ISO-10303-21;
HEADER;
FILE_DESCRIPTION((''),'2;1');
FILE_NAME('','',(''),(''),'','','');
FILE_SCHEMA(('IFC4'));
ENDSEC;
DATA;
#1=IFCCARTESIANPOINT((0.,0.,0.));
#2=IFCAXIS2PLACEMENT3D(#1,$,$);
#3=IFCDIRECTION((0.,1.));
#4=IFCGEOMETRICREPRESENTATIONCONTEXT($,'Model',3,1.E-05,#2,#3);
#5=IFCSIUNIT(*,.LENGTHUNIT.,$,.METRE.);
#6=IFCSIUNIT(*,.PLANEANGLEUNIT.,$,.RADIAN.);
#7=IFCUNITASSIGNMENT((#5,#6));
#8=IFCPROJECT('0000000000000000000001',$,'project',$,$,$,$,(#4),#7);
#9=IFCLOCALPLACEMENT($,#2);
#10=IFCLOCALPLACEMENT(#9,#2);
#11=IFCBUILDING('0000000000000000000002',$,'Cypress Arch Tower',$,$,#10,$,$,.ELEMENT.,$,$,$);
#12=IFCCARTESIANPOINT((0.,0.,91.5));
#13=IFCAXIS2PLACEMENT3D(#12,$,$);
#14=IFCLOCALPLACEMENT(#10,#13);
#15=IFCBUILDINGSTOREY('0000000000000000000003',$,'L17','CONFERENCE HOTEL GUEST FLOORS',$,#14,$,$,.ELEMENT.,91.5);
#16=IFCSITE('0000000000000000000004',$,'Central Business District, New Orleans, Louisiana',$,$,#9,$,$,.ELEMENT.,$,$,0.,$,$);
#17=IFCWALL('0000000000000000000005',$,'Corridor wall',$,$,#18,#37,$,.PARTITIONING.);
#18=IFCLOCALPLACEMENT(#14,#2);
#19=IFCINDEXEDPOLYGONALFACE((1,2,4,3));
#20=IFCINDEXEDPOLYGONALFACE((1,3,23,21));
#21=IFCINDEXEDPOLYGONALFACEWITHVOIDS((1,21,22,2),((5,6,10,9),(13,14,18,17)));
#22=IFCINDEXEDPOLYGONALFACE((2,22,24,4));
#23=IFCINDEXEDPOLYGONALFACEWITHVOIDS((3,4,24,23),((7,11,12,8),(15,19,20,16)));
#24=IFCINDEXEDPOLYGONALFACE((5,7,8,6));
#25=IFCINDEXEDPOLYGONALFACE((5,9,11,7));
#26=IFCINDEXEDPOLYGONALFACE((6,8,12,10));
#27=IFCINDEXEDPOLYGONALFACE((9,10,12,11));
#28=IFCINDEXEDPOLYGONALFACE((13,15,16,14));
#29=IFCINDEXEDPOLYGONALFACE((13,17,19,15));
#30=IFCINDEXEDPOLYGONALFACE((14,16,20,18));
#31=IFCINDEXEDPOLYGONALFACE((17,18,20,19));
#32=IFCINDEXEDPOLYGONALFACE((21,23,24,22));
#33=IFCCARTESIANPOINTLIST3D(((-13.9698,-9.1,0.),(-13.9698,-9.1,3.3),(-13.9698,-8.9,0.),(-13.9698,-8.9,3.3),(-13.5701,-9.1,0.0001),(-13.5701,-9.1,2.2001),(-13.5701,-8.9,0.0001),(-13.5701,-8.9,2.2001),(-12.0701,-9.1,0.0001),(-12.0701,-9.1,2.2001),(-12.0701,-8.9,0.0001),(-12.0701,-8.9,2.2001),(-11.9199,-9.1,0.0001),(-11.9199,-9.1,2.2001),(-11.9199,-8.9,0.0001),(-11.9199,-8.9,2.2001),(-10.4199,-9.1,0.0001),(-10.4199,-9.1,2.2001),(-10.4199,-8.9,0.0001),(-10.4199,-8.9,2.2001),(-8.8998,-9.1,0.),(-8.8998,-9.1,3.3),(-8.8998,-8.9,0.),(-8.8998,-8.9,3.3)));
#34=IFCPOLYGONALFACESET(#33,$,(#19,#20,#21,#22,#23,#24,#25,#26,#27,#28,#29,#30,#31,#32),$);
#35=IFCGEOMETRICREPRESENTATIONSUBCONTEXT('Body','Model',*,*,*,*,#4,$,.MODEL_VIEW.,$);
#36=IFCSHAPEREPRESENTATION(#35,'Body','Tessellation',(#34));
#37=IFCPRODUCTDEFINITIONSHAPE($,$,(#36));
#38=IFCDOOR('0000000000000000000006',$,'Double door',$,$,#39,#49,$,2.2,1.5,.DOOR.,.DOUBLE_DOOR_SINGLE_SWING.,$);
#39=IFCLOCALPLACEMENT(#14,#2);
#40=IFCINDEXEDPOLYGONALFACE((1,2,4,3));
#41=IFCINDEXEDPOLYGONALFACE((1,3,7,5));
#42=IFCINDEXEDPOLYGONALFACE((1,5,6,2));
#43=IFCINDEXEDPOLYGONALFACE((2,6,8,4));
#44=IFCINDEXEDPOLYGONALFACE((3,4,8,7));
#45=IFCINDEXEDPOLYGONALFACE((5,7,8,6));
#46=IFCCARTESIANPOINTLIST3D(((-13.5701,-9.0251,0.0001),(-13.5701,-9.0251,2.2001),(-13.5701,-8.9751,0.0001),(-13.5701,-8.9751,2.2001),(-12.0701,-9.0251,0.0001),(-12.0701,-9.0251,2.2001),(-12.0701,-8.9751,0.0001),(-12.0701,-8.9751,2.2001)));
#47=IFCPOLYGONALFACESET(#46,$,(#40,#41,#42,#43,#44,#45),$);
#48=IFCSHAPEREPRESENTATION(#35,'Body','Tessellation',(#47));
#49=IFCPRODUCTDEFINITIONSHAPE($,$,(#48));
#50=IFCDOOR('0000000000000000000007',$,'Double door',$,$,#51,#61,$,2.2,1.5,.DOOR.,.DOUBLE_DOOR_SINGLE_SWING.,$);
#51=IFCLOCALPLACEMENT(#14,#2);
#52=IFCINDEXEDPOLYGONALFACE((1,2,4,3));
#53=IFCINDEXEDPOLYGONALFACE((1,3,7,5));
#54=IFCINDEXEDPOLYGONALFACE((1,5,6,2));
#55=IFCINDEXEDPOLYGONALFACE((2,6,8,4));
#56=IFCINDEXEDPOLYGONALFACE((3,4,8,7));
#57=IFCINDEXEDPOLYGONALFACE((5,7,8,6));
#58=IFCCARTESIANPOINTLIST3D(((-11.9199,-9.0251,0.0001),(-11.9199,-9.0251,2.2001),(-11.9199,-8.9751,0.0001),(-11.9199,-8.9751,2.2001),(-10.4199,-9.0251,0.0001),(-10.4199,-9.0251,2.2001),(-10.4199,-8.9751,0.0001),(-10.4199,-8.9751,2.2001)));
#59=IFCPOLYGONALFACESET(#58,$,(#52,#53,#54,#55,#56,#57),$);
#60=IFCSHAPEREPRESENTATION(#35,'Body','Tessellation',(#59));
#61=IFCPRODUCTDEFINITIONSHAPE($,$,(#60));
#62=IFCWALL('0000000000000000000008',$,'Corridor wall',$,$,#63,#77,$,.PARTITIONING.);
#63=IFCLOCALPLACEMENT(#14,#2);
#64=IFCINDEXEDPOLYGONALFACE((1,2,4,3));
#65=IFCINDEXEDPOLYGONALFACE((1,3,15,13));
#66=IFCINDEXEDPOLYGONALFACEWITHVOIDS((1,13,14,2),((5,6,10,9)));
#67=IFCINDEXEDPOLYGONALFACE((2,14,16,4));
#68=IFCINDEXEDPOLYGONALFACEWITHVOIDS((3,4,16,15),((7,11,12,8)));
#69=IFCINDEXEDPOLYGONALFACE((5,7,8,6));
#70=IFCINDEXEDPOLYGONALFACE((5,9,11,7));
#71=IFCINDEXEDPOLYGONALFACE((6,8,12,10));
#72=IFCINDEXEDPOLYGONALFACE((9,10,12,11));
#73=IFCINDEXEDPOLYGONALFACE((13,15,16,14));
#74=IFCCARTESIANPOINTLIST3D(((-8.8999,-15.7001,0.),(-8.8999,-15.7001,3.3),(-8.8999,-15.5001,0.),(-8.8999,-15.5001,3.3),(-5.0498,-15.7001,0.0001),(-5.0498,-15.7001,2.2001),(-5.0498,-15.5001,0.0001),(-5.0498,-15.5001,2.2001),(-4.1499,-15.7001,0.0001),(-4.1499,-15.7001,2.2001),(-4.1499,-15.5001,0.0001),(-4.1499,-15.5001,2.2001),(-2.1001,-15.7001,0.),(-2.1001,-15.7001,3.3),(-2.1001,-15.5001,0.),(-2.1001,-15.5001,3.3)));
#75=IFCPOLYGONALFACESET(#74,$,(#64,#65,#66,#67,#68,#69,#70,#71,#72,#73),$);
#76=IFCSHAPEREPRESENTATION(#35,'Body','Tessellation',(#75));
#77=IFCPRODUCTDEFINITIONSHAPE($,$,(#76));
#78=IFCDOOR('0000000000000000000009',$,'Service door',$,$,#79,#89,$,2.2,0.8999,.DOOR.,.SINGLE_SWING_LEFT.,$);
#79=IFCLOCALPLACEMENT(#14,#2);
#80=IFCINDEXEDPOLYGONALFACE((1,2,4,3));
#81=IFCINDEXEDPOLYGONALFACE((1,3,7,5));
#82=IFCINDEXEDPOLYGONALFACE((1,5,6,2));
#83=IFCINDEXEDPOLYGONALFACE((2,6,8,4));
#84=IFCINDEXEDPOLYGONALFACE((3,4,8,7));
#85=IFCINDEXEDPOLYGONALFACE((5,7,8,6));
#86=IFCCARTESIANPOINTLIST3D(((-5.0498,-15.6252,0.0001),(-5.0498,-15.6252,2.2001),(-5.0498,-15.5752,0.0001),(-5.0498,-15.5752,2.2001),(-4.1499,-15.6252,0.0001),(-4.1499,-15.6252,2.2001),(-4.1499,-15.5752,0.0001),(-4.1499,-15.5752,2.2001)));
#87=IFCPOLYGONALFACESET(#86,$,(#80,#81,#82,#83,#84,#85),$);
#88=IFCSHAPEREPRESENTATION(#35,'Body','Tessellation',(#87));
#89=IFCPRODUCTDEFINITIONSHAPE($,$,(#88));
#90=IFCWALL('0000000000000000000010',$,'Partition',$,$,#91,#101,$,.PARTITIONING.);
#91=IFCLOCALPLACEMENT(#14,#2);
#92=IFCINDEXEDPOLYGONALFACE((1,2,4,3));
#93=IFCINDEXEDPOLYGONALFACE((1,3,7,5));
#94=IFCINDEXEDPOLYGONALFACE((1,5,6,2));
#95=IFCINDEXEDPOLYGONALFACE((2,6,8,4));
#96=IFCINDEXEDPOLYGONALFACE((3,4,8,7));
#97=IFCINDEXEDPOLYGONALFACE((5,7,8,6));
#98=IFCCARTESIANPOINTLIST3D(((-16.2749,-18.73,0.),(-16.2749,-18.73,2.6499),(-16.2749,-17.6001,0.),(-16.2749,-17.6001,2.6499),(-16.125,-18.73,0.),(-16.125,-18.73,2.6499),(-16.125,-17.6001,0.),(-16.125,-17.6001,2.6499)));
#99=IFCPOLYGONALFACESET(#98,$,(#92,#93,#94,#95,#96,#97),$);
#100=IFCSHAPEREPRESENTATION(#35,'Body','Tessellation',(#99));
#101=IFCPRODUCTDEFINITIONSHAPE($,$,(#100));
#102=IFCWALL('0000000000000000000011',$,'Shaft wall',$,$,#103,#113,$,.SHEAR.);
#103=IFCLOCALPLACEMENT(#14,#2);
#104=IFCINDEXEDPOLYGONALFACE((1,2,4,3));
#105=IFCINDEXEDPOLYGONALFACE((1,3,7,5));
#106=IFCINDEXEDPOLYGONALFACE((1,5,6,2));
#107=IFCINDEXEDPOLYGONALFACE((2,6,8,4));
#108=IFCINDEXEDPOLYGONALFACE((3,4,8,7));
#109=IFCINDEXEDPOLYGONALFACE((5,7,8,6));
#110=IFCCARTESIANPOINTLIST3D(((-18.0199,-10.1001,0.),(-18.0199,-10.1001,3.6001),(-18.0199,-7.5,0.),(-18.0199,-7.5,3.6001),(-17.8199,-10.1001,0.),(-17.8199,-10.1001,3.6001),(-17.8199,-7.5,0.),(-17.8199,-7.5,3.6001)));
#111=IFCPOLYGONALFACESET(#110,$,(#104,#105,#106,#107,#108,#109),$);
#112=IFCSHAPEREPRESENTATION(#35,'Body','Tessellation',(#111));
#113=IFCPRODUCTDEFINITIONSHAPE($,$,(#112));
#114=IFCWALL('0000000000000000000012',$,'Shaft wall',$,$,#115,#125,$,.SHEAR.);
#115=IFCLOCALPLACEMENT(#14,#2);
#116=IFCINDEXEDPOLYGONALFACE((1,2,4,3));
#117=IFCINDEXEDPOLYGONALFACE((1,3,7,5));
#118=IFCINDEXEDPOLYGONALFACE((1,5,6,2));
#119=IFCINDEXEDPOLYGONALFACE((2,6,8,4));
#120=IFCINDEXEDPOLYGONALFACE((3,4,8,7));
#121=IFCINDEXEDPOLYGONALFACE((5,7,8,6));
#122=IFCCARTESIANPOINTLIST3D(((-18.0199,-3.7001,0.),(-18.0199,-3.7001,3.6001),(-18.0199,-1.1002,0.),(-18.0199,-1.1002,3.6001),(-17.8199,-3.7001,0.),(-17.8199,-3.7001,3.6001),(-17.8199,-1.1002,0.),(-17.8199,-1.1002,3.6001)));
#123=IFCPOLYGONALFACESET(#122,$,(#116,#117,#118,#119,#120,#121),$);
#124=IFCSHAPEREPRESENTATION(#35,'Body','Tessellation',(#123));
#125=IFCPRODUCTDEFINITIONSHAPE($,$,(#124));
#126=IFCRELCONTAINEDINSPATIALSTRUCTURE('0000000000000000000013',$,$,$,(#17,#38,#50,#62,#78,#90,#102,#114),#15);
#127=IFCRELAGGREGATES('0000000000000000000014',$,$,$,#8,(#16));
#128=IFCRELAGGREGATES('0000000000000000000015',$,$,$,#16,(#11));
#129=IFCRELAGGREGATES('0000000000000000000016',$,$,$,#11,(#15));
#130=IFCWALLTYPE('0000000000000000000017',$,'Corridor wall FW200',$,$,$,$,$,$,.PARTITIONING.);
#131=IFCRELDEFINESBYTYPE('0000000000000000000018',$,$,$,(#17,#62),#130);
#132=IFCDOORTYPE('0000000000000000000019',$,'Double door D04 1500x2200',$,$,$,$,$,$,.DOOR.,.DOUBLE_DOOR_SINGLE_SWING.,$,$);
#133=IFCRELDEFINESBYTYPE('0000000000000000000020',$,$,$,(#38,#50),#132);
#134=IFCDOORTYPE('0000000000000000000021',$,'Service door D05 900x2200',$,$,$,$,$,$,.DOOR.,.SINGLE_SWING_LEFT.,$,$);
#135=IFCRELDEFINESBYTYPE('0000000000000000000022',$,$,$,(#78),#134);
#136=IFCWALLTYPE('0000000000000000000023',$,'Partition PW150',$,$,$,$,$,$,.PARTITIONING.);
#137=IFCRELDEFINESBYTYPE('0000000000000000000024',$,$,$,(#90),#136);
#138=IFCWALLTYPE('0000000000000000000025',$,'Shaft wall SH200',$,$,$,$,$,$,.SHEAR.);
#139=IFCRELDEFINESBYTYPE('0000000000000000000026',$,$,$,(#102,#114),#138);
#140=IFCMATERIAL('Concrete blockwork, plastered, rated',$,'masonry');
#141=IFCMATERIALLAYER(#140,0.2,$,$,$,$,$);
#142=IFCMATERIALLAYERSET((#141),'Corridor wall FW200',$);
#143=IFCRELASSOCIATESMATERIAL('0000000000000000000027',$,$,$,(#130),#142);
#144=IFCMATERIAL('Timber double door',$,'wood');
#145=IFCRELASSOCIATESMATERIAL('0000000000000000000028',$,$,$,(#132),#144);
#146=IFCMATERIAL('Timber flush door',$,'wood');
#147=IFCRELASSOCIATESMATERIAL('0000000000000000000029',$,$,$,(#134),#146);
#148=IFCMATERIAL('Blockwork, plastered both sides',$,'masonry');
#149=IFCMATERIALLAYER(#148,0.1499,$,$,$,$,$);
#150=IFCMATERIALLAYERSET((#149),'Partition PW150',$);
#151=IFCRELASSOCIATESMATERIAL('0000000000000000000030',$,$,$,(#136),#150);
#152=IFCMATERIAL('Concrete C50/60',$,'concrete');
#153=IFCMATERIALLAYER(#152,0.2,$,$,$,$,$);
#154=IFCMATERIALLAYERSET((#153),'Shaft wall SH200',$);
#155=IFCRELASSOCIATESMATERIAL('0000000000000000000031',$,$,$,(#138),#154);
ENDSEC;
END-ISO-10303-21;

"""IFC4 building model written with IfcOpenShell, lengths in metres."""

from ifc_helpers import new_model, si_unit, direction, frame, frame_2d, origin, place, context, subcontext, project, spatial, rectangle, extrude, material, layer, layer_set, type_object, element, fill, save


model = new_model("IFC4")

# Units and contexts
model_context = context("Model", 3, precision=1e-05, world=origin(), true_north=direction((0.0, 1.0)))
body_context = subcontext(model_context, "Body", "Model", "MODEL_VIEW")
ifc_project = project(units=[si_unit("LENGTHUNIT", "METRE"), si_unit("PLANEANGLEUNIT", "RADIAN")], contexts=[model_context])

# Site, building, storey
site_placement = place(None, origin())
site = spatial("IfcSite", under=ifc_project, at=site_placement, Name="Central Business District, New Orleans, Louisiana", CompositionType="ELEMENT", RefElevation=0.0)
building_placement = place(site_placement, origin())
building = spatial("IfcBuilding", under=site, at=building_placement, Name="Cypress Arch Tower", CompositionType="ELEMENT")
storey_placement = place(building_placement, frame((0.0, 0.0, 91.5)))
storey = spatial("IfcBuildingStorey", under=building, at=storey_placement, Name="L17", Description="CONFERENCE HOTEL GUEST FLOORS", CompositionType="ELEMENT", Elevation=91.5)

# Shared definitions
ifc_material_1 = material(Name="Concrete blockwork, plastered, rated", Category="masonry")
ifc_layer_1 = layer(ifc_material_1, 0.2)
ifc_layer_set_1 = layer_set([ifc_layer_1], Name="Corridor wall FW200")
wall_type_1 = type_object("IfcWallType", Name="Corridor wall FW200", PredefinedType="PARTITIONING", material=ifc_layer_set_1)

# Wall, openings, doors
wall_1_placement = place(storey_placement, frame((-13.97, -9.0, 0.0), z_axis=(0.0, 0.0, 1.0), x_axis=(1.0, 0.0, 0.0)))
wall_1 = element("IfcWall", 1, at=wall_1_placement, inside=storey, type_object=wall_type_1, Name="Corridor wall", PredefinedType="PARTITIONING", context=body_context, shape_type="SweptSolid", body=[
    extrude(rectangle(XDim=5.0701, YDim=0.2, at=frame_2d((2.5352, 0.0))), origin(), (0.0, 0.0, 1.0), 3.3),
])
opening_1_placement = place(wall_1_placement, frame((0.3999, 0.0, 0.0)))
opening_1 = element("IfcOpeningElement", 2, at=opening_1_placement, cuts=wall_1, PredefinedType="OPENING", context=body_context, shape_type="SweptSolid", body=[
    extrude(rectangle(XDim=1.5, YDim=2.2, at=frame_2d((0.75, 1.1001))), frame((0.0, 0.1099, 0.0), z_axis=(0.0, -1.0, 0.0), x_axis=(1.0, 0.0, 0.0)), (0.0, 0.0, 1.0), 0.22),
])
opening_2_placement = place(wall_1_placement, frame((2.05, 0.0, 0.0)))
opening_2 = element("IfcOpeningElement", 3, at=opening_2_placement, cuts=wall_1, PredefinedType="OPENING", context=body_context, shape_type="SweptSolid", body=[
    extrude(rectangle(XDim=1.5, YDim=2.2, at=frame_2d((0.75, 1.1001))), frame((0.0, 0.1099, 0.0), z_axis=(0.0, -1.0, 0.0), x_axis=(1.0, 0.0, 0.0)), (0.0, 0.0, 1.0), 0.22),
])
ifc_material_2 = material(Name="Timber double door", Category="wood")
door_type_1 = type_object("IfcDoorType", Name="Double door D04 1500x2200", OperationType="DOUBLE_DOOR_SINGLE_SWING", PredefinedType="DOOR", material=ifc_material_2)
door_1_placement = place(opening_1_placement, origin())
door_1 = element("IfcDoor", 4, at=door_1_placement, inside=storey, type_object=door_type_1, Name="Double door", OperationType="DOUBLE_DOOR_SINGLE_SWING", OverallHeight=2.2, OverallWidth=1.5, PredefinedType="DOOR", context=body_context, shape_type="SweptSolid", body=[
    extrude(rectangle(XDim=1.5, YDim=2.2, at=frame_2d((0.75, 1.1001))), frame((0.0, 0.0249, 0.0), z_axis=(0.0, -1.0, 0.0), x_axis=(1.0, 0.0, 0.0)), (0.0, 0.0, 1.0), 0.05),
])
fill(opening_1, door_1)
door_2_placement = place(opening_2_placement, origin())
door_2 = element("IfcDoor", 5, at=door_2_placement, inside=storey, type_object=door_type_1, Name="Double door", OperationType="DOUBLE_DOOR_SINGLE_SWING", OverallHeight=2.2, OverallWidth=1.5, PredefinedType="DOOR", context=body_context, shape_type="SweptSolid", body=[
    extrude(rectangle(XDim=1.5, YDim=2.2, at=frame_2d((0.75, 1.1001))), frame((0.0, 0.0249, 0.0), z_axis=(0.0, -1.0, 0.0), x_axis=(1.0, 0.0, 0.0)), (0.0, 0.0, 1.0), 0.05),
])
fill(opening_2, door_2)

# Wall, opening, door
wall_2_placement = place(storey_placement, frame((-8.8999, -15.6001, 0.0), z_axis=(0.0, 0.0, 1.0), x_axis=(1.0, 0.0, 0.0)))
wall_2 = element("IfcWall", 6, at=wall_2_placement, inside=storey, type_object=wall_type_1, Name="Corridor wall", PredefinedType="PARTITIONING", context=body_context, shape_type="SweptSolid", body=[
    extrude(rectangle(XDim=6.7998, YDim=0.2, at=frame_2d((3.3999, 0.0))), origin(), (0.0, 0.0, 1.0), 3.3),
])
opening_3_placement = place(wall_2_placement, frame((3.8501, 0.0, 0.0)))
opening_3 = element("IfcOpeningElement", 7, at=opening_3_placement, cuts=wall_2, PredefinedType="OPENING", context=body_context, shape_type="SweptSolid", body=[
    extrude(rectangle(XDim=0.8999, YDim=2.2, at=frame_2d((0.45, 1.1001))), frame((0.0, 0.1099, 0.0), z_axis=(0.0, -1.0, 0.0), x_axis=(1.0, 0.0, 0.0)), (0.0, 0.0, 1.0), 0.22),
])
ifc_material_3 = material(Name="Timber flush door", Category="wood")
door_type_2 = type_object("IfcDoorType", Name="Service door D05 900x2200", OperationType="SINGLE_SWING_LEFT", PredefinedType="DOOR", material=ifc_material_3)
door_3_placement = place(opening_3_placement, origin())
door_3 = element("IfcDoor", 8, at=door_3_placement, inside=storey, type_object=door_type_2, Name="Service door", OperationType="SINGLE_SWING_LEFT", OverallHeight=2.2, OverallWidth=0.8999, PredefinedType="DOOR", context=body_context, shape_type="SweptSolid", body=[
    extrude(rectangle(XDim=0.8999, YDim=2.2, at=frame_2d((0.45, 1.1001))), frame((0.0, 0.0249, 0.0), z_axis=(0.0, -1.0, 0.0), x_axis=(1.0, 0.0, 0.0)), (0.0, 0.0, 1.0), 0.05),
])
fill(opening_3, door_3)

# Walls
ifc_material_4 = material(Name="Blockwork, plastered both sides", Category="masonry")
ifc_layer_2 = layer(ifc_material_4, 0.1499)
ifc_layer_set_2 = layer_set([ifc_layer_2], Name="Partition PW150")
wall_type_2 = type_object("IfcWallType", Name="Partition PW150", PredefinedType="PARTITIONING", material=ifc_layer_set_2)
wall_3_placement = place(storey_placement, frame((-16.2, -18.73, 0.0), z_axis=(0.0, 0.0, 1.0), x_axis=(0.0, 1.0, 0.0)))
element("IfcWall", 9, at=wall_3_placement, inside=storey, type_object=wall_type_2, Name="Partition", PredefinedType="PARTITIONING", context=body_context, shape_type="SweptSolid", body=[
    extrude(rectangle(XDim=1.1299, YDim=0.1499, at=frame_2d((0.5649, 0.0))), origin(), (0.0, 0.0, 1.0), 2.6499),
])
ifc_material_5 = material(Name="Concrete C50/60", Category="concrete")
ifc_layer_3 = layer(ifc_material_5, 0.2)
ifc_layer_set_3 = layer_set([ifc_layer_3], Name="Shaft wall SH200")
wall_type_3 = type_object("IfcWallType", Name="Shaft wall SH200", PredefinedType="SHEAR", material=ifc_layer_set_3)
wall_4_placement = place(storey_placement, frame((-17.9199, -10.1001, 0.0), z_axis=(0.0, 0.0, 1.0), x_axis=(0.0, 1.0, 0.0)))
element("IfcWall", 10, at=wall_4_placement, inside=storey, type_object=wall_type_3, Name="Shaft wall", PredefinedType="SHEAR", context=body_context, shape_type="SweptSolid", body=[
    extrude(rectangle(XDim=2.6001, YDim=0.2, at=frame_2d((1.3, 0.0))), origin(), (0.0, 0.0, 1.0), 3.6001),
])
wall_5_placement = place(storey_placement, frame((-17.9199, -3.7, 0.0), z_axis=(0.0, 0.0, 1.0), x_axis=(0.0, 1.0, 0.0)))
element("IfcWall", 11, at=wall_5_placement, inside=storey, type_object=wall_type_3, Name="Shaft wall", PredefinedType="SHEAR", context=body_context, shape_type="SweptSolid", body=[
    extrude(rectangle(XDim=2.5999, YDim=0.2, at=frame_2d((1.2998, 0.0))), origin(), (0.0, 0.0, 1.0), 3.6001),
])

save(model, "model.ifc")
